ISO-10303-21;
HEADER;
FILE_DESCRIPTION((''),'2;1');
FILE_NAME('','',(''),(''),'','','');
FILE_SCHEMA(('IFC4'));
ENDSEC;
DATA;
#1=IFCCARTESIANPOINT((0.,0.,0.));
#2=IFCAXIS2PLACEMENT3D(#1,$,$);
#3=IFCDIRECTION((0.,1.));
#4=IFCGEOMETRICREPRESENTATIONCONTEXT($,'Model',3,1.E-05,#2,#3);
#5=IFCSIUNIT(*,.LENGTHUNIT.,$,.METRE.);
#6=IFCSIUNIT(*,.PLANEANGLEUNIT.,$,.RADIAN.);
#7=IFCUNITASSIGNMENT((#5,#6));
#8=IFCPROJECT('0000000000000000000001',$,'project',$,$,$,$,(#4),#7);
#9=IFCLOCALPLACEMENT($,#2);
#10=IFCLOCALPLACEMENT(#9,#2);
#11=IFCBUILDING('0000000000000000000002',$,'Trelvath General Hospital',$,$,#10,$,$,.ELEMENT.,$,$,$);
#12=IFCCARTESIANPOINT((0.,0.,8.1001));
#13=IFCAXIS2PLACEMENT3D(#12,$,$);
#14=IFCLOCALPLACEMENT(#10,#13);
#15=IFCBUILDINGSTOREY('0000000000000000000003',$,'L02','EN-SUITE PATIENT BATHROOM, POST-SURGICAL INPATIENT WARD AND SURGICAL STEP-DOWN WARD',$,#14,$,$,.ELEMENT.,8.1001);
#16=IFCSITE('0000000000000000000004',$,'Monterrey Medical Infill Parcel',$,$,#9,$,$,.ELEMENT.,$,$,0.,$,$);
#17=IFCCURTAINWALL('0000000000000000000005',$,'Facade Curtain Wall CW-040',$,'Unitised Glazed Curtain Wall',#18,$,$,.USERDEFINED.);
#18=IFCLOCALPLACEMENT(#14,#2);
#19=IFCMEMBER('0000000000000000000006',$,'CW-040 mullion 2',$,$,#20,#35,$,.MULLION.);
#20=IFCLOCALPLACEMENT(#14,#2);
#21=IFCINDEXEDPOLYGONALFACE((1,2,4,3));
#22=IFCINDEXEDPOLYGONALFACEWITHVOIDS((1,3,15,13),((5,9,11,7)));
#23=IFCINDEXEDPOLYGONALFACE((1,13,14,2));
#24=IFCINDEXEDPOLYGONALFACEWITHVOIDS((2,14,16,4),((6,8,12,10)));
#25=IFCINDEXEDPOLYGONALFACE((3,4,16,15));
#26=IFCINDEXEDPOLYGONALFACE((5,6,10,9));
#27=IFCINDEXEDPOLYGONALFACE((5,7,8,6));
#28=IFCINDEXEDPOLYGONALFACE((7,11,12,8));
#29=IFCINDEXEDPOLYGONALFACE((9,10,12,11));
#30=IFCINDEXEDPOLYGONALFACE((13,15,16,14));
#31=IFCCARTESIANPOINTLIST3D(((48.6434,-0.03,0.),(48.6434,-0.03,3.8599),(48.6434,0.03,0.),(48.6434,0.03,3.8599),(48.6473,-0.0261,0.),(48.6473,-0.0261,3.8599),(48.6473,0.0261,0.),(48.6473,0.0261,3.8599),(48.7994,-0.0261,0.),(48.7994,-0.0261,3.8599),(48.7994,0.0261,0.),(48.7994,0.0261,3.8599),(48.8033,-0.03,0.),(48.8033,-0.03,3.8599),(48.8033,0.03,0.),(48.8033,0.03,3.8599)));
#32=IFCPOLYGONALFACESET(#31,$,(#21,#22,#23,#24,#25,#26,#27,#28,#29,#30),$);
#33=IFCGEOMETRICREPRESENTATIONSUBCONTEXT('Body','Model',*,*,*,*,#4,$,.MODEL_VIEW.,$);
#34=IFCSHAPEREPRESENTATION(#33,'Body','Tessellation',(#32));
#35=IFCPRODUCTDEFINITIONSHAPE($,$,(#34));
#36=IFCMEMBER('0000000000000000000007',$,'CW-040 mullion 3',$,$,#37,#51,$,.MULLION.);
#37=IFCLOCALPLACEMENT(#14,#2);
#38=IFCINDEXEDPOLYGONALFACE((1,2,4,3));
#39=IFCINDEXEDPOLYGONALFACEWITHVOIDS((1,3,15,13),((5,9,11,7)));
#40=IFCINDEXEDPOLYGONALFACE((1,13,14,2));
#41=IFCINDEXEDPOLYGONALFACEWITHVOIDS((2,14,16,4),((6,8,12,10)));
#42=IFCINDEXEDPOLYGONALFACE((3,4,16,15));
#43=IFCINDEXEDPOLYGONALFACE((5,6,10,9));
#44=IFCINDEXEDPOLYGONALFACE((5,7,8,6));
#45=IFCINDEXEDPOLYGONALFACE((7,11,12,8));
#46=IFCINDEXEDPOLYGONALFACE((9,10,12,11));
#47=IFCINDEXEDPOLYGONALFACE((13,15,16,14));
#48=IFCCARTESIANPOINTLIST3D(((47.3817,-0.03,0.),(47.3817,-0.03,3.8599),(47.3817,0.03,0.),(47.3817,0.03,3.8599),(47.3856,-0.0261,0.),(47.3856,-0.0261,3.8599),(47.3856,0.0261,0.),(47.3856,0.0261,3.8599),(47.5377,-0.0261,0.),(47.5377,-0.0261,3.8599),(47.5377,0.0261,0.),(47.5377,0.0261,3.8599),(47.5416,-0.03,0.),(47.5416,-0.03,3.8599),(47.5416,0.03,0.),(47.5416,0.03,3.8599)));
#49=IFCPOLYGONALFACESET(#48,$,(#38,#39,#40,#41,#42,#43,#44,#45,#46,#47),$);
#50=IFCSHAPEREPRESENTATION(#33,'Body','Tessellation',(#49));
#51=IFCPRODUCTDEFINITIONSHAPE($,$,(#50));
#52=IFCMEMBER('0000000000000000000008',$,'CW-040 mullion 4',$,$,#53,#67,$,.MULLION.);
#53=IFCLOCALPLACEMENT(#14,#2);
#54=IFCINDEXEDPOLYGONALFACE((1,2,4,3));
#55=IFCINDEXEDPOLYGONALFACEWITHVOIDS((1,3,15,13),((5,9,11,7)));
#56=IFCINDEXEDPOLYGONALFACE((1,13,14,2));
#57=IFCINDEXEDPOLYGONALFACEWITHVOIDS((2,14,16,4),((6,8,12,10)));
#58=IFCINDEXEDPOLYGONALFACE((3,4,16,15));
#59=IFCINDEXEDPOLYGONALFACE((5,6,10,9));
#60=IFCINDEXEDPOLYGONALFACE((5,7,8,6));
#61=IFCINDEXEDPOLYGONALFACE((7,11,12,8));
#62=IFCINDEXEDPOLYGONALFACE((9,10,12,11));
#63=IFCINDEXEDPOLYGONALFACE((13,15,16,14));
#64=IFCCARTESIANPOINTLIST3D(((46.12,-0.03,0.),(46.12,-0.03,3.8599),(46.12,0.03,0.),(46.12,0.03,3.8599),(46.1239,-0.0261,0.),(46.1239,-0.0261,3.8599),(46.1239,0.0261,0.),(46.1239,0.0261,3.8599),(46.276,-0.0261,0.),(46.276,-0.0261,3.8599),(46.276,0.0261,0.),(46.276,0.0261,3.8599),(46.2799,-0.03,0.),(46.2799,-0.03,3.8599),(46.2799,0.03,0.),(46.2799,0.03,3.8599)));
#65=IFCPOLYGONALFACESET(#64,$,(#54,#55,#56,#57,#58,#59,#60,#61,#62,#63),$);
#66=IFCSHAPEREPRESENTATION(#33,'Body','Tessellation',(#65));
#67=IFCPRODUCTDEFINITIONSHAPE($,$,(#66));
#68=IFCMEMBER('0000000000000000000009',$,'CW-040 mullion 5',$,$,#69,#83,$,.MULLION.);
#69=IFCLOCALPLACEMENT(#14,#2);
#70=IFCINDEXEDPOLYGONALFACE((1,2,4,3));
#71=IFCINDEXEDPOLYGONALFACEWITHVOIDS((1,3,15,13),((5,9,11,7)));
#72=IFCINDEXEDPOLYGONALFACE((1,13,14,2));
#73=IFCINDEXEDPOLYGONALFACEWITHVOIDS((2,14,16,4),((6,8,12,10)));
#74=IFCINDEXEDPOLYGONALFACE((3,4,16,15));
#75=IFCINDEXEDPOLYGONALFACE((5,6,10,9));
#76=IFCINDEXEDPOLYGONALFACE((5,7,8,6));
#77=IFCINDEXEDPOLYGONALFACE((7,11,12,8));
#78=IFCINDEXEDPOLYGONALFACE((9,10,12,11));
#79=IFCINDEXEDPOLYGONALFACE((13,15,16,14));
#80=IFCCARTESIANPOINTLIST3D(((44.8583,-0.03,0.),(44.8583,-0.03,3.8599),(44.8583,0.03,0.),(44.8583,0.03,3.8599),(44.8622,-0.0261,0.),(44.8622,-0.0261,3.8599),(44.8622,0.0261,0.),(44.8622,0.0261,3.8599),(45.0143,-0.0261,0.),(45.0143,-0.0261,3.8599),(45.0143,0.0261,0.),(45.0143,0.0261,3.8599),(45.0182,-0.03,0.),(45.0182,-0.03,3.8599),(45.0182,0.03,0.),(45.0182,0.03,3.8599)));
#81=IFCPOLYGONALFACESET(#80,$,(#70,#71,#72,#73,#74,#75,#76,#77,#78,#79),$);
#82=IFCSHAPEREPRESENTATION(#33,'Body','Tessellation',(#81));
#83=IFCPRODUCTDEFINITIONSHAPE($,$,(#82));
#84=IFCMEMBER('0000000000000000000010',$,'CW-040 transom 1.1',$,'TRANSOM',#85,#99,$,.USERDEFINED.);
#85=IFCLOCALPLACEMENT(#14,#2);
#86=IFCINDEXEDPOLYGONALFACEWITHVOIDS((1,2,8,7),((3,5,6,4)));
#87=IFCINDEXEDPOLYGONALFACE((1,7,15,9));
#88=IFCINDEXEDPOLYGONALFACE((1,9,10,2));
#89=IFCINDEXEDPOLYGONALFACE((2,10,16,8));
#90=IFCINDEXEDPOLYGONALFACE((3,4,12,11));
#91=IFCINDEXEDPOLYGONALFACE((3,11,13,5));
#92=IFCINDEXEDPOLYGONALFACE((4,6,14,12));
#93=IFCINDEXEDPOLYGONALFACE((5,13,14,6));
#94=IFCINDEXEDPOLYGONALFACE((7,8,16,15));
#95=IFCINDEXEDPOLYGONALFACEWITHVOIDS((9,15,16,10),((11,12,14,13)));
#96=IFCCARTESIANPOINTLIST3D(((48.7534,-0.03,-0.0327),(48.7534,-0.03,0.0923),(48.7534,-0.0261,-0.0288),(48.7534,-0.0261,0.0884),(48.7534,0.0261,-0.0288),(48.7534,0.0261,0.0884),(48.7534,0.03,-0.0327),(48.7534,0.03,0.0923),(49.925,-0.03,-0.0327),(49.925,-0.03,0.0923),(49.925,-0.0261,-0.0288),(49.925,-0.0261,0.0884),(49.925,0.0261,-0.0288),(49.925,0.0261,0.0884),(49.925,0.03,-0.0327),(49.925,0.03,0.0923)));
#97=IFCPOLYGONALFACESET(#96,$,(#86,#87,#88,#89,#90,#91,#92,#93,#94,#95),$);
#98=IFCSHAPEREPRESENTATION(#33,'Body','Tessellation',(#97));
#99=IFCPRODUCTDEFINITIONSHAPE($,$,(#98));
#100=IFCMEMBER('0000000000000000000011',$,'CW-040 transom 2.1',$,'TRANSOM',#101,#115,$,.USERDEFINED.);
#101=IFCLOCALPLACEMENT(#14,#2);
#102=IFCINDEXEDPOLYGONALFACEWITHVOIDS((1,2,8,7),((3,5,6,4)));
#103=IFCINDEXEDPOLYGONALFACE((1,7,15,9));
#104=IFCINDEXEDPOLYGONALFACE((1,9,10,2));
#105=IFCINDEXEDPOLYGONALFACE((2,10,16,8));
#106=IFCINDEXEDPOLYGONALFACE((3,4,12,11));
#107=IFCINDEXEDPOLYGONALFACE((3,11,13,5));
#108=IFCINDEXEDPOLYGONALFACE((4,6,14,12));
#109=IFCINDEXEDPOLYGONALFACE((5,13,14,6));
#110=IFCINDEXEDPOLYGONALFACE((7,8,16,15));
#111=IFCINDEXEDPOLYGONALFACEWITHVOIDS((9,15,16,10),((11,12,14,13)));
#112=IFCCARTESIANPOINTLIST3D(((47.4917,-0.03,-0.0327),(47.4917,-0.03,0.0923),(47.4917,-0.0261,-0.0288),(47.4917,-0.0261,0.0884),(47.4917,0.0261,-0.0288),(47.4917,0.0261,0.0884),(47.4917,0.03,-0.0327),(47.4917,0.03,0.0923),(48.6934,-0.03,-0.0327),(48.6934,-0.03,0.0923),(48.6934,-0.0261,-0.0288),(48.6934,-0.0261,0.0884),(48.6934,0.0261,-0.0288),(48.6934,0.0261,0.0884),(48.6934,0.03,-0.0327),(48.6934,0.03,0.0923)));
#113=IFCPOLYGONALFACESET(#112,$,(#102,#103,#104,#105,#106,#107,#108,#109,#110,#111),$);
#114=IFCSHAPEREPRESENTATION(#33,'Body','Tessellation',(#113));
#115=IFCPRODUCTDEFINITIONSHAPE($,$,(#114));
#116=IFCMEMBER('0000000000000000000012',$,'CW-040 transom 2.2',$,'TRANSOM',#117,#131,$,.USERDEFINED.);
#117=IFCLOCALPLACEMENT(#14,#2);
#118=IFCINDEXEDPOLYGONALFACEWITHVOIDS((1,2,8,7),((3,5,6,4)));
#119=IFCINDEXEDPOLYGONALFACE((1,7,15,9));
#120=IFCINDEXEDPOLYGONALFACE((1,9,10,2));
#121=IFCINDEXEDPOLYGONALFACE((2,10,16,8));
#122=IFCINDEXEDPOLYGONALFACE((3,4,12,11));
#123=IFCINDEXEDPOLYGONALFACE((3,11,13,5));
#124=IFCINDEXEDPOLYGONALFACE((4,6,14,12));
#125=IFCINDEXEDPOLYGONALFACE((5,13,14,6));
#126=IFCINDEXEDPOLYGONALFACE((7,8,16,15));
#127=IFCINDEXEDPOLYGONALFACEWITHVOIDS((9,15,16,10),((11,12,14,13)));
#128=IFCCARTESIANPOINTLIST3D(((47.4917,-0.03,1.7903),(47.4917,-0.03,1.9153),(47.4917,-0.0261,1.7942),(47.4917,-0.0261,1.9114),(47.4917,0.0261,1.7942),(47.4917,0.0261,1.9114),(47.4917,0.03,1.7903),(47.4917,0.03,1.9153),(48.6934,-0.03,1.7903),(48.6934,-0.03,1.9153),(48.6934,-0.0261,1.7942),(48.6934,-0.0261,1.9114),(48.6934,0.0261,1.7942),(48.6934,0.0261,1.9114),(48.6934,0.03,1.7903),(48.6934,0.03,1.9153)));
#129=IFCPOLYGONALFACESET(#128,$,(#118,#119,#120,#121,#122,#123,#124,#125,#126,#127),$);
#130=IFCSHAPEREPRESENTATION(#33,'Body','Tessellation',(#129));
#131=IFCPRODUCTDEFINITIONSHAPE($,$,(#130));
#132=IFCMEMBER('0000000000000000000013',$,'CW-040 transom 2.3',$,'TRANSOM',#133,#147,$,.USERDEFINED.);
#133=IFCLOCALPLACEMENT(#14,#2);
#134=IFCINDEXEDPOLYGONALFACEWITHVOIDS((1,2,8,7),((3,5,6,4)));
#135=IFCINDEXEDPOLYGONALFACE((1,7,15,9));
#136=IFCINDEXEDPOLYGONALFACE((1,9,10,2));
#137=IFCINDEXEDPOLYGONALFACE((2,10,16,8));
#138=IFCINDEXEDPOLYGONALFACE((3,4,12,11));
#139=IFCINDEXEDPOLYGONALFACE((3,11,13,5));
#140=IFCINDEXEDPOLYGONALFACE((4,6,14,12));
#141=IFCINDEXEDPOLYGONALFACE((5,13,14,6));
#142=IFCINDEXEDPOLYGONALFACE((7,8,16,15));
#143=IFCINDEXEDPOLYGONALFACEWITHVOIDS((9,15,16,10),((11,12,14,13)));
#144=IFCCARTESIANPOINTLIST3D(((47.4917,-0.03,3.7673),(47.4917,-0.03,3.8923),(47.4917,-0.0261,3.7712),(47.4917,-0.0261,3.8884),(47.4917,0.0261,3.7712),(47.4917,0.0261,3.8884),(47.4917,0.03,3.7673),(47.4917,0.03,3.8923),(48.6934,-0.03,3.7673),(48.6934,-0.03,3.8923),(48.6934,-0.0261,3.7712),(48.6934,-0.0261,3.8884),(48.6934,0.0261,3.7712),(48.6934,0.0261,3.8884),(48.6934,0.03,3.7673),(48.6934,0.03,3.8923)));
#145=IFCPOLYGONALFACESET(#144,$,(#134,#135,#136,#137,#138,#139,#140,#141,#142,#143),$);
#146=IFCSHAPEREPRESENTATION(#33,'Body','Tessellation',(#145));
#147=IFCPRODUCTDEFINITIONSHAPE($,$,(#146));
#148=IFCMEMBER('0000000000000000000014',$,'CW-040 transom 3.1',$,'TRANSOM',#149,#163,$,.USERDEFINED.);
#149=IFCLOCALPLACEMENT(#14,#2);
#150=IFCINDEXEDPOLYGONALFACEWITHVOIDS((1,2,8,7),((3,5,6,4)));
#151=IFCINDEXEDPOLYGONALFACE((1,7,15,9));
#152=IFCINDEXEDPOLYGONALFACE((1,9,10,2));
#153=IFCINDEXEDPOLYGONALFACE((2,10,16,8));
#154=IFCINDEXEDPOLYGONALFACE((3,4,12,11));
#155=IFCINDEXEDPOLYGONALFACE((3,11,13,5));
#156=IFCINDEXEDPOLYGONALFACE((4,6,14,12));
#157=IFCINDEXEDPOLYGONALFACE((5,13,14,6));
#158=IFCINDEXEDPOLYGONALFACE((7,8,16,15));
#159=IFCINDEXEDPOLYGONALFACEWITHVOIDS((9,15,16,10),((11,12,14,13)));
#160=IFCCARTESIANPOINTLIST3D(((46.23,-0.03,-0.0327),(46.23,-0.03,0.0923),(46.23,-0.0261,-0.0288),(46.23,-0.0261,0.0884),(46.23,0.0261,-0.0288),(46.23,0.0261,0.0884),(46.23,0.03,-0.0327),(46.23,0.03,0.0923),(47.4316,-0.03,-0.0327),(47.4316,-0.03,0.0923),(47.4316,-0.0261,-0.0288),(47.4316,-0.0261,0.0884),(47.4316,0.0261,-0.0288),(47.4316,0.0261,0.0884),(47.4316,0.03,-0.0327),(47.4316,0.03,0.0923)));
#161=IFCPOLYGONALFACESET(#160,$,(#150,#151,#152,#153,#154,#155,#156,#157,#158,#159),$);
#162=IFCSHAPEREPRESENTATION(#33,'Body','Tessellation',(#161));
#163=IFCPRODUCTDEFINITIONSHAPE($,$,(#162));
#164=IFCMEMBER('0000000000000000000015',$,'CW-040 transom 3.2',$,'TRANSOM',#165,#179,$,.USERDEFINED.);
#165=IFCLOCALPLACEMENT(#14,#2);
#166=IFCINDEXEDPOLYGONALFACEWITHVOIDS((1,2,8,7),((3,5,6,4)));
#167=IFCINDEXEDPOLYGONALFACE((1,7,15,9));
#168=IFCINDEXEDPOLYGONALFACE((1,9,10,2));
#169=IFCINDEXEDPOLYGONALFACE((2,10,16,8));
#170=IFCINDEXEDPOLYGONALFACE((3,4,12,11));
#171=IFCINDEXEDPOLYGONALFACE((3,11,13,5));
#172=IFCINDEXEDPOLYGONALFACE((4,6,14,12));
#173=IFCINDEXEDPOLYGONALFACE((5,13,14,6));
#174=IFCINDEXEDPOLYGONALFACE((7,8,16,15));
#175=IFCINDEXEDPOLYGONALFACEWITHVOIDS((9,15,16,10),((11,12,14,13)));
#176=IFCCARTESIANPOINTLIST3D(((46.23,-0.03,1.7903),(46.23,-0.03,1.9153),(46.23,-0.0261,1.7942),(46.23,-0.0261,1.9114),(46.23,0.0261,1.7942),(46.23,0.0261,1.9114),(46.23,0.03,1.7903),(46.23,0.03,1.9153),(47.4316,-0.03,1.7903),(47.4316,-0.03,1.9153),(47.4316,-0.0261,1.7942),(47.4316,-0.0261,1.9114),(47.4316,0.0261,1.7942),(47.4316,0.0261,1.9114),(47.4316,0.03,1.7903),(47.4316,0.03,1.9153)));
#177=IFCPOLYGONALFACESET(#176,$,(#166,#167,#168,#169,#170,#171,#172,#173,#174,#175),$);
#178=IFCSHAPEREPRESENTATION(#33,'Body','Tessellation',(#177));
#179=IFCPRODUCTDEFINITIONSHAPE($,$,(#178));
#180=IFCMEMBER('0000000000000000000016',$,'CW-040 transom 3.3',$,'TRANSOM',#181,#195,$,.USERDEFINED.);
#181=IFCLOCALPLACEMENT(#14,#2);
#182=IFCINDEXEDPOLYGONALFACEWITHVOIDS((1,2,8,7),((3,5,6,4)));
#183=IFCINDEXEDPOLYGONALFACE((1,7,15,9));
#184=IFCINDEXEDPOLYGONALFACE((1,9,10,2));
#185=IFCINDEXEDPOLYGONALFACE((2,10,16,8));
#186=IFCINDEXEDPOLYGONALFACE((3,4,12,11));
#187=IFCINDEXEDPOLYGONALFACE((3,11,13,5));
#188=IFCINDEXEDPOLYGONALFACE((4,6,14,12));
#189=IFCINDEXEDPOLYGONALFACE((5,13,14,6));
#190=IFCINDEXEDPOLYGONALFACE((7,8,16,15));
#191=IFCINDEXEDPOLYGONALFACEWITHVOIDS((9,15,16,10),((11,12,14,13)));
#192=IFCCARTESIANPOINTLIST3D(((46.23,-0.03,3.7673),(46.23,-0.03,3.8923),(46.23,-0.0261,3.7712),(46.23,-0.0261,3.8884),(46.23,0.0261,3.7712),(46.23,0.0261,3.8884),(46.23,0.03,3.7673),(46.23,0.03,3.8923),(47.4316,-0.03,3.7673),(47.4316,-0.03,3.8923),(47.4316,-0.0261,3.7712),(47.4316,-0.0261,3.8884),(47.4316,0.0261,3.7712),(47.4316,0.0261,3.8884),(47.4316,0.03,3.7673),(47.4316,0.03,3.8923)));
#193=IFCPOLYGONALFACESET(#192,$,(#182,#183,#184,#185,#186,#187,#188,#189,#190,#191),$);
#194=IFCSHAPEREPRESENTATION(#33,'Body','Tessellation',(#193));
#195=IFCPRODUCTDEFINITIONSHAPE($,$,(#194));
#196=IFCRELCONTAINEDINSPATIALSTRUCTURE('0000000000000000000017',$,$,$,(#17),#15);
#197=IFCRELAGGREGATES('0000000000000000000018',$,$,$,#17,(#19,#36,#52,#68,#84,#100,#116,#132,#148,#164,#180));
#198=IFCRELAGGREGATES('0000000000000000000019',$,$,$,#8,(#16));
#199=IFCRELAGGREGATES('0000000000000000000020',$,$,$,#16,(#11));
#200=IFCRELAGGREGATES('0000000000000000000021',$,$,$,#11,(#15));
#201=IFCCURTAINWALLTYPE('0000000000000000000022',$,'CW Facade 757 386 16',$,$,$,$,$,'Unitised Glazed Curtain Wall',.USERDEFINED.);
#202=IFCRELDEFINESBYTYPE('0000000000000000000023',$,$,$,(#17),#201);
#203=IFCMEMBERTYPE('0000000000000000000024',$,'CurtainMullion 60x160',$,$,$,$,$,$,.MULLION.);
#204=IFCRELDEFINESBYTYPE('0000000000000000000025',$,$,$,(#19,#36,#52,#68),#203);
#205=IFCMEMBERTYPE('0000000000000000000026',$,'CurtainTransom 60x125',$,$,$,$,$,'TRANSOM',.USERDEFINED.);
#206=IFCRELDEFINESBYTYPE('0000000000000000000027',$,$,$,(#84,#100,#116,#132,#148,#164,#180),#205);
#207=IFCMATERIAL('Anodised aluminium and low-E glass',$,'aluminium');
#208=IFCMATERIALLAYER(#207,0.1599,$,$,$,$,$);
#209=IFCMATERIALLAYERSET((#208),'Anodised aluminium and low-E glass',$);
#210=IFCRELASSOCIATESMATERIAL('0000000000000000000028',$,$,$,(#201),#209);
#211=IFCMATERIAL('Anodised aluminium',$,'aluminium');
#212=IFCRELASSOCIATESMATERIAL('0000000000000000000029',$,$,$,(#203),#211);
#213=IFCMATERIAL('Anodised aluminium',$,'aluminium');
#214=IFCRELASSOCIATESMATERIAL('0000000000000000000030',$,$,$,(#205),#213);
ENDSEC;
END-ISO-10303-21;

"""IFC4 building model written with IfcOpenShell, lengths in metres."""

from ifc_helpers import new_model, si_unit, direction, frame, origin, origin_2d, place, context, subcontext, project, spatial, hollow_rectangle, extrude, material, layer, layer_set, material_profile, profile_set, type_object, element, aggregate, save


model = new_model("IFC4")

# Units and contexts
model_context = context("Model", 3, precision=1e-05, world=origin(), true_north=direction((0.0, 1.0)))
body_context = subcontext(model_context, "Body", "Model", "MODEL_VIEW")
ifc_project = project(units=[si_unit("LENGTHUNIT", "METRE"), si_unit("PLANEANGLEUNIT", "RADIAN")], contexts=[model_context])

# Site, building, storey
site_placement = place(None, origin())
site = spatial("IfcSite", under=ifc_project, at=site_placement, Name="Monterrey Medical Infill Parcel", CompositionType="ELEMENT", RefElevation=0.0)
building_placement = place(site_placement, origin())
building = spatial("IfcBuilding", under=site, at=building_placement, Name="Trelvath General Hospital", CompositionType="ELEMENT")
storey_placement = place(building_placement, frame((0.0, 0.0, 8.1001)))
storey = spatial("IfcBuildingStorey", under=building, at=storey_placement, Name="L02", Description="EN-SUITE PATIENT BATHROOM, POST-SURGICAL INPATIENT WARD AND SURGICAL STEP-DOWN WARD", CompositionType="ELEMENT", Elevation=8.1001)

# Curtain wall, members
ifc_material_1 = material(Name="Anodised aluminium and low-E glass", Category="aluminium")
ifc_layer_1 = layer(ifc_material_1, 0.1599)
ifc_layer_set_1 = layer_set([ifc_layer_1], Name="Anodised aluminium and low-E glass")
curtain_wall_type = type_object("IfcCurtainWallType", Name="CW Facade 757 386 16", ElementType="Unitised Glazed Curtain Wall", PredefinedType="USERDEFINED", material=ifc_layer_set_1)
curtain_wall_placement = place(storey_placement, origin())
curtain_wall = element("IfcCurtainWall", 1, at=curtain_wall_placement, inside=storey, type_object=curtain_wall_type, Name="Facade Curtain Wall CW-040", ObjectType="Unitised Glazed Curtain Wall", PredefinedType="USERDEFINED")
ifc_material_2 = material(Name="Anodised aluminium", Category="aluminium")
ifc_material_profile_1 = material_profile(ifc_material_2, hollow_rectangle(XDim=0.0601, YDim=0.1599, WallThickness=0.0039, at=origin_2d()), Name="RHS60x160x4")
ifc_profile_set_1 = profile_set([ifc_material_profile_1], Name="Anodised aluminium")
member_type_1 = type_object("IfcMemberType", Name="CurtainMullion 60x160", PredefinedType="MULLION", material=ifc_profile_set_1)
member_1_placement = place(storey_placement, frame((48.7234, 0.0, 0.0), z_axis=(0.0, 0.0, 1.0), x_axis=(0.0, -1.0, 0.0)))
member_1 = element("IfcMember", 2, at=member_1_placement, type_object=member_type_1, Name="CW-040 mullion 2", PredefinedType="MULLION", context=body_context, shape_type="SweptSolid", body=[
    extrude(hollow_rectangle(XDim=0.0601, YDim=0.1599, WallThickness=0.0039, at=origin_2d()), origin(), (0.0, 0.0, 1.0), 3.8599),
])
member_2_placement = place(storey_placement, frame((47.4617, 0.0, 0.0), z_axis=(0.0, 0.0, 1.0), x_axis=(0.0, -1.0, 0.0)))
member_2 = element("IfcMember", 3, at=member_2_placement, type_object=member_type_1, Name="CW-040 mullion 3", PredefinedType="MULLION", context=body_context, shape_type="SweptSolid", body=[
    extrude(hollow_rectangle(XDim=0.0601, YDim=0.1599, WallThickness=0.0039, at=origin_2d()), origin(), (0.0, 0.0, 1.0), 3.8599),
])
member_3_placement = place(storey_placement, frame((46.2, 0.0, 0.0), z_axis=(0.0, 0.0, 1.0), x_axis=(0.0, -1.0, 0.0)))
member_3 = element("IfcMember", 4, at=member_3_placement, type_object=member_type_1, Name="CW-040 mullion 4", PredefinedType="MULLION", context=body_context, shape_type="SweptSolid", body=[
    extrude(hollow_rectangle(XDim=0.0601, YDim=0.1599, WallThickness=0.0039, at=origin_2d()), origin(), (0.0, 0.0, 1.0), 3.8599),
])
member_4_placement = place(storey_placement, frame((44.9382, 0.0, 0.0), z_axis=(0.0, 0.0, 1.0), x_axis=(0.0, -1.0, 0.0)))
member_4 = element("IfcMember", 5, at=member_4_placement, type_object=member_type_1, Name="CW-040 mullion 5", PredefinedType="MULLION", context=body_context, shape_type="SweptSolid", body=[
    extrude(hollow_rectangle(XDim=0.0601, YDim=0.1599, WallThickness=0.0039, at=origin_2d()), origin(), (0.0, 0.0, 1.0), 3.8599),
])
ifc_material_3 = material(Name="Anodised aluminium", Category="aluminium")
ifc_material_profile_2 = material_profile(ifc_material_3, hollow_rectangle(XDim=0.0601, YDim=0.125, WallThickness=0.0039, at=origin_2d()), Name="RHS60x125x4")
ifc_profile_set_2 = profile_set([ifc_material_profile_2], Name="Anodised aluminium")
member_type_2 = type_object("IfcMemberType", Name="CurtainTransom 60x125", ElementType="TRANSOM", PredefinedType="USERDEFINED", material=ifc_profile_set_2)
member_5_placement = place(storey_placement, frame((49.925, 0.0, 0.0298), z_axis=(-1.0, 0.0, 0.0), x_axis=(0.0, -1.0, 0.0)))
member_5 = element("IfcMember", 6, at=member_5_placement, type_object=member_type_2, Name="CW-040 transom 1.1", ObjectType="TRANSOM", PredefinedType="USERDEFINED", context=body_context, shape_type="SweptSolid", body=[
    extrude(hollow_rectangle(XDim=0.0601, YDim=0.125, WallThickness=0.0039, at=origin_2d()), origin(), (0.0, 0.0, 1.0), 1.1716),
])
member_6_placement = place(storey_placement, frame((48.6934, 0.0, 0.0298), z_axis=(-1.0, 0.0, 0.0), x_axis=(0.0, -1.0, 0.0)))
member_6 = element("IfcMember", 7, at=member_6_placement, type_object=member_type_2, Name="CW-040 transom 2.1", ObjectType="TRANSOM", PredefinedType="USERDEFINED", context=body_context, shape_type="SweptSolid", body=[
    extrude(hollow_rectangle(XDim=0.0601, YDim=0.125, WallThickness=0.0039, at=origin_2d()), origin(), (0.0, 0.0, 1.0), 1.2017),
])
member_7_placement = place(storey_placement, frame((48.6934, 0.0, 1.8528), z_axis=(-1.0, 0.0, 0.0), x_axis=(0.0, -1.0, 0.0)))
member_7 = element("IfcMember", 8, at=member_7_placement, type_object=member_type_2, Name="CW-040 transom 2.2", ObjectType="TRANSOM", PredefinedType="USERDEFINED", context=body_context, shape_type="SweptSolid", body=[
    extrude(hollow_rectangle(XDim=0.0601, YDim=0.125, WallThickness=0.0039, at=origin_2d()), origin(), (0.0, 0.0, 1.0), 1.2017),
])
member_8_placement = place(storey_placement, frame((48.6934, 0.0, 3.8298), z_axis=(-1.0, 0.0, 0.0), x_axis=(0.0, -1.0, 0.0)))
member_8 = element("IfcMember", 9, at=member_8_placement, type_object=member_type_2, Name="CW-040 transom 2.3", ObjectType="TRANSOM", PredefinedType="USERDEFINED", context=body_context, shape_type="SweptSolid", body=[
    extrude(hollow_rectangle(XDim=0.0601, YDim=0.125, WallThickness=0.0039, at=origin_2d()), origin(), (0.0, 0.0, 1.0), 1.2017),
])
member_9_placement = place(storey_placement, frame((47.4316, 0.0, 0.0298), z_axis=(-1.0, 0.0, 0.0), x_axis=(0.0, -1.0, 0.0)))
member_9 = element("IfcMember", 10, at=member_9_placement, type_object=member_type_2, Name="CW-040 transom 3.1", ObjectType="TRANSOM", PredefinedType="USERDEFINED", context=body_context, shape_type="SweptSolid", body=[
    extrude(hollow_rectangle(XDim=0.0601, YDim=0.125, WallThickness=0.0039, at=origin_2d()), origin(), (0.0, 0.0, 1.0), 1.2017),
])
member_10_placement = place(storey_placement, frame((47.4316, 0.0, 1.8528), z_axis=(-1.0, 0.0, 0.0), x_axis=(0.0, -1.0, 0.0)))
member_10 = element("IfcMember", 11, at=member_10_placement, type_object=member_type_2, Name="CW-040 transom 3.2", ObjectType="TRANSOM", PredefinedType="USERDEFINED", context=body_context, shape_type="SweptSolid", body=[
    extrude(hollow_rectangle(XDim=0.0601, YDim=0.125, WallThickness=0.0039, at=origin_2d()), origin(), (0.0, 0.0, 1.0), 1.2017),
])
member_11_placement = place(storey_placement, frame((47.4316, 0.0, 3.8298), z_axis=(-1.0, 0.0, 0.0), x_axis=(0.0, -1.0, 0.0)))
member_11 = element("IfcMember", 12, at=member_11_placement, type_object=member_type_2, Name="CW-040 transom 3.3", ObjectType="TRANSOM", PredefinedType="USERDEFINED", context=body_context, shape_type="SweptSolid", body=[
    extrude(hollow_rectangle(XDim=0.0601, YDim=0.125, WallThickness=0.0039, at=origin_2d()), origin(), (0.0, 0.0, 1.0), 1.2017),
])
aggregate(curtain_wall, [member_1, member_2, member_3, member_4, member_5, member_6, member_7, member_8, member_9, member_10, member_11])

save(model, "model.ifc")
